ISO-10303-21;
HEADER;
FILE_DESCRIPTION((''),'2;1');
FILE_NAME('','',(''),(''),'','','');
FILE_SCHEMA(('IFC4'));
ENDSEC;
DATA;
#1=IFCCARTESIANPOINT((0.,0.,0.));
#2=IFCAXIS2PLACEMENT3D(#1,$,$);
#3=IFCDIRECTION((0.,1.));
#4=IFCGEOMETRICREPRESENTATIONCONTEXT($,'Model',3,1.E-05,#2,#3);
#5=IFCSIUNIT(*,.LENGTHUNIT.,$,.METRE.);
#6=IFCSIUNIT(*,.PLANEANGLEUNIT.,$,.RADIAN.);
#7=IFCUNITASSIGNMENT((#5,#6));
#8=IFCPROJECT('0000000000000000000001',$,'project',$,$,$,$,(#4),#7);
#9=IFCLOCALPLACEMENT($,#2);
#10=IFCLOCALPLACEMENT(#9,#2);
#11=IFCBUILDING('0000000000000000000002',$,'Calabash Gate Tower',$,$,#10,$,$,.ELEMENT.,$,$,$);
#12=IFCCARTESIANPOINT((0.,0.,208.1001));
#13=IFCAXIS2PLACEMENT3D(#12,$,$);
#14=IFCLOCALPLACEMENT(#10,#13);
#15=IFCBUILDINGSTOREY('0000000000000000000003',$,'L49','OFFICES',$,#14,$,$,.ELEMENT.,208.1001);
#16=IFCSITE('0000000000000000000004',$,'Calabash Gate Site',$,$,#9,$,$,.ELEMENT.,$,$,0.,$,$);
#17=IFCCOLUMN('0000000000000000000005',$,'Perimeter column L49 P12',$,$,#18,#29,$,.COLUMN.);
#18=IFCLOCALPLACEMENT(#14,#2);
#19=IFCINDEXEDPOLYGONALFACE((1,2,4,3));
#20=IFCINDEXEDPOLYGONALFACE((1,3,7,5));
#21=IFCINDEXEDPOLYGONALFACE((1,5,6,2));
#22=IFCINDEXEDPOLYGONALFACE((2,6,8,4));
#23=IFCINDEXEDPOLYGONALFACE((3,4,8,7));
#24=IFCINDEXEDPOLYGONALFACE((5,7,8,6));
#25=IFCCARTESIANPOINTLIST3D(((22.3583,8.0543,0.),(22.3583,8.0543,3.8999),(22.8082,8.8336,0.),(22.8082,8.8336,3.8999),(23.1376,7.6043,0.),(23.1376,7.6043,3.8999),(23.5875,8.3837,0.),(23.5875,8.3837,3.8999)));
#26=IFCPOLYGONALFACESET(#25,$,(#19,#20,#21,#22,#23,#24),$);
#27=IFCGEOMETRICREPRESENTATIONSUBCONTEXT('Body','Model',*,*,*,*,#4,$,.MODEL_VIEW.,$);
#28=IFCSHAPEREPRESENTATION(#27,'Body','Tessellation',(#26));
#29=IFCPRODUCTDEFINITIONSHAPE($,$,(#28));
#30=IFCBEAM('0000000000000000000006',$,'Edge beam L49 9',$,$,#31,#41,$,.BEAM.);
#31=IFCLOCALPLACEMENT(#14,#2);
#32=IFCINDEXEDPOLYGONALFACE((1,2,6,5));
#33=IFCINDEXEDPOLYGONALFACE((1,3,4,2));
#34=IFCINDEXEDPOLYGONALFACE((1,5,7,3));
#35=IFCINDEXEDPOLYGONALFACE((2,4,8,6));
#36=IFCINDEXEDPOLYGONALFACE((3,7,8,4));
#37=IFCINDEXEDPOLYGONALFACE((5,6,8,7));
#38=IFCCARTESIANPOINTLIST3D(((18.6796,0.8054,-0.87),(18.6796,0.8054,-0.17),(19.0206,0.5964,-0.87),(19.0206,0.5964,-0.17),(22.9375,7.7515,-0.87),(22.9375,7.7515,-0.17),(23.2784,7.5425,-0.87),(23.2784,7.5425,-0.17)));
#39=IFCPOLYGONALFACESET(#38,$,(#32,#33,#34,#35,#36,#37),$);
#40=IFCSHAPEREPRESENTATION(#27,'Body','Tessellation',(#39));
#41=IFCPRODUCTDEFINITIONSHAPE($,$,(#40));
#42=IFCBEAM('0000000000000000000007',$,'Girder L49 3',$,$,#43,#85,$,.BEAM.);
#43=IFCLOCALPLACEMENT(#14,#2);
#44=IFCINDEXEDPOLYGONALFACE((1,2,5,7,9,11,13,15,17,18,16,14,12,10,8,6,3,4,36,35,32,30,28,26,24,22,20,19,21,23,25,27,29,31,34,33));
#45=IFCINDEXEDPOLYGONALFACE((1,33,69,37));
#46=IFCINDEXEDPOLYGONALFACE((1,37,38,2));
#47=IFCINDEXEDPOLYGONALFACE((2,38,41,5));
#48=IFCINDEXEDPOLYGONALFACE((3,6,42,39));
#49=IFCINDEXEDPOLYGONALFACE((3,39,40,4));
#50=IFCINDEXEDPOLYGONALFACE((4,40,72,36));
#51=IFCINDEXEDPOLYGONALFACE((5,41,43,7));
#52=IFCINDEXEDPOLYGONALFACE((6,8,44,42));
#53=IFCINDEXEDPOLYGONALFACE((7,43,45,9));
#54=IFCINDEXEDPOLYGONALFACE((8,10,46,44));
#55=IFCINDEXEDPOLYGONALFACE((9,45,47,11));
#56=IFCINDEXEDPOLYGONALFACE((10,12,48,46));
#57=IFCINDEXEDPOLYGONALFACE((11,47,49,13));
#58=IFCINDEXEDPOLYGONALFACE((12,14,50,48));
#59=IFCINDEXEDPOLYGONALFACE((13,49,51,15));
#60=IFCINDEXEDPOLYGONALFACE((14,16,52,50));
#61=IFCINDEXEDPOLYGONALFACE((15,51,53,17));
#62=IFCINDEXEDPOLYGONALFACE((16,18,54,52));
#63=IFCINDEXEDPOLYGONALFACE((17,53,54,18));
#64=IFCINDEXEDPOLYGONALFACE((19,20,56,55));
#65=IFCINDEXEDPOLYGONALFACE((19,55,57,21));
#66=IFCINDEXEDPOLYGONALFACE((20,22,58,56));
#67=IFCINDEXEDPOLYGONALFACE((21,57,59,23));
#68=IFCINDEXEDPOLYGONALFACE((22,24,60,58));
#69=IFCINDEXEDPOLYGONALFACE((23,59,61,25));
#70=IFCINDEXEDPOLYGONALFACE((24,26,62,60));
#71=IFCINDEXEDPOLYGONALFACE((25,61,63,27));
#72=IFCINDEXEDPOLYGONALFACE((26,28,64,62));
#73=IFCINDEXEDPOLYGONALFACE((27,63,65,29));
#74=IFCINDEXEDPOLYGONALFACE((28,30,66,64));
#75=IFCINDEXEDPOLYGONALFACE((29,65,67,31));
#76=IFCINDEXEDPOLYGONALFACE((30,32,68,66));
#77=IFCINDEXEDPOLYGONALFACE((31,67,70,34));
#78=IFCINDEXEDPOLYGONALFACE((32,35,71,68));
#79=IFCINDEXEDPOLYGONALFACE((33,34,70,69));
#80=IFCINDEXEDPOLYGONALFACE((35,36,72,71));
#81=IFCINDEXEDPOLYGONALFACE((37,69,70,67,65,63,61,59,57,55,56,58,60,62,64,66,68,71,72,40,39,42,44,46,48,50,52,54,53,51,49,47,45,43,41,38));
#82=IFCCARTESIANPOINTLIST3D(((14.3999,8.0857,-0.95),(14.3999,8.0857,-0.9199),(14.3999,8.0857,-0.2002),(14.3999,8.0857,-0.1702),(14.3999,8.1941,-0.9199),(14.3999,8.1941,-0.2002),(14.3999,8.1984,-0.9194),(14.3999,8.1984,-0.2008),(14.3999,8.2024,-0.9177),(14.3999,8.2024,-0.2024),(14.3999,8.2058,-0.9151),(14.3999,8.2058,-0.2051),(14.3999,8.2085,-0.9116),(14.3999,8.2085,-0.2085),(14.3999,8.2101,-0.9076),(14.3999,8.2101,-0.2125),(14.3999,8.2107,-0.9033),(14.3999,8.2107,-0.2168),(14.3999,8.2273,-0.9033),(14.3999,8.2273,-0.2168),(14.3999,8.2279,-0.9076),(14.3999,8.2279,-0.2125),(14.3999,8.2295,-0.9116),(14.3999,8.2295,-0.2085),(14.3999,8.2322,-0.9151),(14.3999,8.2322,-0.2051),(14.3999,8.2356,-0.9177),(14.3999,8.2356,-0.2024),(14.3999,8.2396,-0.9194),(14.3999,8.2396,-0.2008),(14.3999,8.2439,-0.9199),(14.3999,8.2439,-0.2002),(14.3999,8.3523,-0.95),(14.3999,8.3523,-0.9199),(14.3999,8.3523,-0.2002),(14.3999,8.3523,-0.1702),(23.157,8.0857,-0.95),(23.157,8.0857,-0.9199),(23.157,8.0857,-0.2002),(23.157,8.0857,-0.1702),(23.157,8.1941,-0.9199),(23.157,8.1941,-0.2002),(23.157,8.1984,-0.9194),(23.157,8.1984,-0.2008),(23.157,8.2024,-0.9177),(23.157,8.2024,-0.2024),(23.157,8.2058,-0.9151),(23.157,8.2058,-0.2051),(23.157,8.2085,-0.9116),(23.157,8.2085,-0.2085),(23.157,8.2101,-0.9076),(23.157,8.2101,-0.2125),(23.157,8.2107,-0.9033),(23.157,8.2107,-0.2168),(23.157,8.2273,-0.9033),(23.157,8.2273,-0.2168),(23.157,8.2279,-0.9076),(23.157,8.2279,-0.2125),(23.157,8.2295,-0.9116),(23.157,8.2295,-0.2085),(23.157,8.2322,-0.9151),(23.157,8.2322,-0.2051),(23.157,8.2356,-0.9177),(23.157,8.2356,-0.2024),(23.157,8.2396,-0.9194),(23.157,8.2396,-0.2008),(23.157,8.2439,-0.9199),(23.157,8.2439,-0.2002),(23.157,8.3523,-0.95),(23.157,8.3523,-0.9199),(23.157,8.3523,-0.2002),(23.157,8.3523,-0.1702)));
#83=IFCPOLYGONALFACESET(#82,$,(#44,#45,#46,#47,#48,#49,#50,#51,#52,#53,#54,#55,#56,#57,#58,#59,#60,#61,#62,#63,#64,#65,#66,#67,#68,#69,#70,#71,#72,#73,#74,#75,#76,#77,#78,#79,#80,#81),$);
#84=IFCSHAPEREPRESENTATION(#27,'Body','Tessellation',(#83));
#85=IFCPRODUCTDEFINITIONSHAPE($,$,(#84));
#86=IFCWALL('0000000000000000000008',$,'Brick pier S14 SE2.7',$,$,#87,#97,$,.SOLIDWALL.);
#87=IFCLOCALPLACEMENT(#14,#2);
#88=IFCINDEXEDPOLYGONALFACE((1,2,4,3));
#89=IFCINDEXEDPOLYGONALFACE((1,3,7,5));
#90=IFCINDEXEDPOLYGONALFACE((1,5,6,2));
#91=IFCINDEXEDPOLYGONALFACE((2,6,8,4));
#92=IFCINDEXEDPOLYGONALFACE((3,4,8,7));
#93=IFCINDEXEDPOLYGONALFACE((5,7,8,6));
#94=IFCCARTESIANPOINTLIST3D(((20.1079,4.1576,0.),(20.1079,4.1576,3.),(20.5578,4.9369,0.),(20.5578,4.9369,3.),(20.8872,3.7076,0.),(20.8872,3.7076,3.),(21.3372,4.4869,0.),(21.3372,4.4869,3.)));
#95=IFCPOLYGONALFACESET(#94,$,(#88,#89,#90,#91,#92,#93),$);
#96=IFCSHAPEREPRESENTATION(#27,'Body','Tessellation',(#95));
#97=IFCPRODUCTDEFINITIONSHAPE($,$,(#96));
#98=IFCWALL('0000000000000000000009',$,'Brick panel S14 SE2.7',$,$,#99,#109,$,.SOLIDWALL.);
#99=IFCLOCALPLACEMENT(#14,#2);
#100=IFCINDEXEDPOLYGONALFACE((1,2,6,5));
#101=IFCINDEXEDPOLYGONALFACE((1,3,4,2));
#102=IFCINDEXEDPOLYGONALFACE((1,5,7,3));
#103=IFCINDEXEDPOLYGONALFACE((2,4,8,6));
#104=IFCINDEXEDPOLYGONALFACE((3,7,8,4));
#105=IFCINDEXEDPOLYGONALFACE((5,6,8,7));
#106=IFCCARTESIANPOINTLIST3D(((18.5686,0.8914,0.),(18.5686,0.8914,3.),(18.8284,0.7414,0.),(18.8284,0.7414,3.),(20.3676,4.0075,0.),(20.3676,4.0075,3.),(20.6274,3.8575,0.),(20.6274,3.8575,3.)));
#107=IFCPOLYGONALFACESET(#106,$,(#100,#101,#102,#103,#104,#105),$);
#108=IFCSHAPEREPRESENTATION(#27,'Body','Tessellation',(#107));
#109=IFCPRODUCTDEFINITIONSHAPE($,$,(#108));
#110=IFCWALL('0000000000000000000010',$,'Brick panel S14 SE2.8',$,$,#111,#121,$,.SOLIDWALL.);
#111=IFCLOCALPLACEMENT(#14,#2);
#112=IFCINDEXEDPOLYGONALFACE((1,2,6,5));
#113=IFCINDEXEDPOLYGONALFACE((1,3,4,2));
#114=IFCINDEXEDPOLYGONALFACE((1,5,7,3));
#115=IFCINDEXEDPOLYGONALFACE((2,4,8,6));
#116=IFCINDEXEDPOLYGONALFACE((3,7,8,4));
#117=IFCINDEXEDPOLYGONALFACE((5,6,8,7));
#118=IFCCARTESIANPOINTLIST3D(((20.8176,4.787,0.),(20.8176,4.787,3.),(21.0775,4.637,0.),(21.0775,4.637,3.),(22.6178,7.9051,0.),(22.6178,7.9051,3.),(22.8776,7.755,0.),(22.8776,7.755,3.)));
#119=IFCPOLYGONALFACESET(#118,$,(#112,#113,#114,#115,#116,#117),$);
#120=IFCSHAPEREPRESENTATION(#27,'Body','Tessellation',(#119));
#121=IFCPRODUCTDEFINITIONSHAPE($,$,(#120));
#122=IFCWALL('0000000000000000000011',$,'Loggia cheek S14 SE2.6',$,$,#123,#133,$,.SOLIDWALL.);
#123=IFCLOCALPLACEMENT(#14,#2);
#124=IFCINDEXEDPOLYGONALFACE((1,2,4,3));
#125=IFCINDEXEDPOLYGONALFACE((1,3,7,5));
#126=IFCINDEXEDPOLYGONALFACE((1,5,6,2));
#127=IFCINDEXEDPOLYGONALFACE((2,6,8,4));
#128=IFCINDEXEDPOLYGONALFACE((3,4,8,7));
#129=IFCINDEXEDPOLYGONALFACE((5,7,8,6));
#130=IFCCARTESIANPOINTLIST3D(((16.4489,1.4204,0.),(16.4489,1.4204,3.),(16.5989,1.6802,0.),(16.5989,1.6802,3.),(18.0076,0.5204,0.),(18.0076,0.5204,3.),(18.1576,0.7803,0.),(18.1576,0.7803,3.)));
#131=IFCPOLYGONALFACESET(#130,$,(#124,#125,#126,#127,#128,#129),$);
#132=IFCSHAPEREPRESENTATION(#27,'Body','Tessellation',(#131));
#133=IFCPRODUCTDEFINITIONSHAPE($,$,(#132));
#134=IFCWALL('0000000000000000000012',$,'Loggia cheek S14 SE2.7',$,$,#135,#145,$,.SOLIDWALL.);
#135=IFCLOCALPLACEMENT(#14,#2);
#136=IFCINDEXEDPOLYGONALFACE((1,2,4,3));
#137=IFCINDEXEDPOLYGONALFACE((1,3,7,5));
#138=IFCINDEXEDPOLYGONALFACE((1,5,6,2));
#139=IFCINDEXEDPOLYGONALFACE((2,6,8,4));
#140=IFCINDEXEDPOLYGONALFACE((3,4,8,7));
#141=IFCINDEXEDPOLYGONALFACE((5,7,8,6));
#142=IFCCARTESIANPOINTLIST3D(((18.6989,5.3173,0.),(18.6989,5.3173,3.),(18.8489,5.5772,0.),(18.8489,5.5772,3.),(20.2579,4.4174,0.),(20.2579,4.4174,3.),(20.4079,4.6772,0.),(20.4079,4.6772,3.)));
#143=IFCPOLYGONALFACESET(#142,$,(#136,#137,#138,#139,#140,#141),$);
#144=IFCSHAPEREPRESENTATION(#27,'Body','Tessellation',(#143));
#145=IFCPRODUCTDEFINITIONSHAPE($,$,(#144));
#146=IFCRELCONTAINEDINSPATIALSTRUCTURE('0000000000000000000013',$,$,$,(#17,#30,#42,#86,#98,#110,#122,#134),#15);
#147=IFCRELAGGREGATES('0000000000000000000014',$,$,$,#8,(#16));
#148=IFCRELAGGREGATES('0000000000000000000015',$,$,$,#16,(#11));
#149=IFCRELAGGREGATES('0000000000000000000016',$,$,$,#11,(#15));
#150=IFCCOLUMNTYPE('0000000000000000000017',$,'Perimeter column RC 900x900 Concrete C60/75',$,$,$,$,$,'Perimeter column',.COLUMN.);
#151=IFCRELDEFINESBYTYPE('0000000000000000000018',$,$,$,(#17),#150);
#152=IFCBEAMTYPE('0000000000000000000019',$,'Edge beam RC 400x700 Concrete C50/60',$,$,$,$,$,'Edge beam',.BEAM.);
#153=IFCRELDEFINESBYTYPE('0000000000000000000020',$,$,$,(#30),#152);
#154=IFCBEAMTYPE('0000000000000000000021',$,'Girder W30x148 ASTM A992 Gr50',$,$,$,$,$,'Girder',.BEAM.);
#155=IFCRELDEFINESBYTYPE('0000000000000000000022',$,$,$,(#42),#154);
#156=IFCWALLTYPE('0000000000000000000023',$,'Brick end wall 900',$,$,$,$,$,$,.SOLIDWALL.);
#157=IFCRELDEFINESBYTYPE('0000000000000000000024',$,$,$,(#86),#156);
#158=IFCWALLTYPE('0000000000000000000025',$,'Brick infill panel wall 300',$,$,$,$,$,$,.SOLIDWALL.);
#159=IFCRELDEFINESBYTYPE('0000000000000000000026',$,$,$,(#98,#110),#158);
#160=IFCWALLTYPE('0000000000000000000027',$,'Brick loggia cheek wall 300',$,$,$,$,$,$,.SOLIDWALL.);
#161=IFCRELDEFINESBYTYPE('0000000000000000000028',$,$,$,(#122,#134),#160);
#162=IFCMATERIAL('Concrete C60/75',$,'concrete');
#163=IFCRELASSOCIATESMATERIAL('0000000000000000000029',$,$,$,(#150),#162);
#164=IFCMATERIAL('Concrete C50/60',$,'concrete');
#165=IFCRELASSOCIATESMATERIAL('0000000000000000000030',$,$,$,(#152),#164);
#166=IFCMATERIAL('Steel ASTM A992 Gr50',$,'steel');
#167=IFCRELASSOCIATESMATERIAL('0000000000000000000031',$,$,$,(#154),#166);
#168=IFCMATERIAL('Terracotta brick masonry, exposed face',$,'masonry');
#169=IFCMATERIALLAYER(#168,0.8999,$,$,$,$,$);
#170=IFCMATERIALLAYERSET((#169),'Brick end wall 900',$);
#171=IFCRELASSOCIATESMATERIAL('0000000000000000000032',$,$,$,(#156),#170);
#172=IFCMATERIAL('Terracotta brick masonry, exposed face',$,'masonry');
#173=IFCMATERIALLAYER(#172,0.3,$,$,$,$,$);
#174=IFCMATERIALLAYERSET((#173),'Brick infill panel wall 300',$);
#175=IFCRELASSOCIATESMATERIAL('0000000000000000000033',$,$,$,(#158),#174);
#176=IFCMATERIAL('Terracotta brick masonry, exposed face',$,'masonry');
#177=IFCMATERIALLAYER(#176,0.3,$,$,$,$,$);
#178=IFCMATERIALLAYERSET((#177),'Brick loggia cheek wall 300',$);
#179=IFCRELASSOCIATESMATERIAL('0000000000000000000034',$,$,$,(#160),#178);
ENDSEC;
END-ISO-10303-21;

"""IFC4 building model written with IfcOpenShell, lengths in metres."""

from ifc_helpers import new_model, si_unit, direction, frame, frame_2d, origin, origin_2d, place, context, subcontext, project, spatial, rectangle, i_section, extrude, material, layer, layer_set, material_profile, profile_set, type_object, element, save


model = new_model("IFC4")

# Units and contexts
model_context = context("Model", 3, precision=1e-05, world=origin(), true_north=direction((0.0, 1.0)))
body_context = subcontext(model_context, "Body", "Model", "MODEL_VIEW")
ifc_project = project(units=[si_unit("LENGTHUNIT", "METRE"), si_unit("PLANEANGLEUNIT", "RADIAN")], contexts=[model_context])

# Site, building, storey
site_placement = place(None, origin())
site = spatial("IfcSite", under=ifc_project, at=site_placement, Name="Calabash Gate Site", CompositionType="ELEMENT", RefElevation=0.0)
building_placement = place(site_placement, origin())
building = spatial("IfcBuilding", under=site, at=building_placement, Name="Calabash Gate Tower", CompositionType="ELEMENT")
storey_placement = place(building_placement, frame((0.0, 0.0, 208.1001)))
storey = spatial("IfcBuildingStorey", under=building, at=storey_placement, Name="L49", Description="OFFICES", CompositionType="ELEMENT", Elevation=208.1001)

# Column
ifc_material_1 = material(Name="Concrete C60/75", Category="concrete")
ifc_material_profile_1 = material_profile(ifc_material_1, rectangle(XDim=0.8999, YDim=0.8999, at=origin_2d()))
ifc_profile_set_1 = profile_set([ifc_material_profile_1], Name="Concrete C60/75")
column_type = type_object("IfcColumnType", Name="Perimeter column RC 900x900 Concrete C60/75", ElementType="Perimeter column", PredefinedType="COLUMN", material=ifc_profile_set_1)
column_placement = place(storey_placement, frame((22.9729, 8.219, 0.0), z_axis=(0.0, 0.0, 1.0), x_axis=(0.5, 0.866025, 0.0)))
element("IfcColumn", 1, at=column_placement, inside=storey, type_object=column_type, Name="Perimeter column L49 P12", PredefinedType="COLUMN", context=body_context, shape_type="SweptSolid", body=[
    extrude(rectangle(XDim=0.8999, YDim=0.8999, at=origin_2d()), origin(), (0.0, 0.0, 1.0), 3.8999),
])

# Beams
ifc_material_2 = material(Name="Concrete C50/60", Category="concrete")
ifc_material_profile_2 = material_profile(ifc_material_2, rectangle(XDim=0.3999, YDim=0.7, at=origin_2d()))
ifc_profile_set_2 = profile_set([ifc_material_profile_2], Name="Concrete C50/60")
beam_type_1 = type_object("IfcBeamType", Name="Edge beam RC 400x700 Concrete C50/60", ElementType="Edge beam", PredefinedType="BEAM", material=ifc_profile_set_2)
beam_1_placement = place(storey_placement, frame((18.8501, 0.7009, -0.52), z_axis=(0.522612, 0.852571, 0.0), x_axis=(-0.852571, 0.522612, 0.0)))
element("IfcBeam", 2, at=beam_1_placement, inside=storey, type_object=beam_type_1, Name="Edge beam L49 9", PredefinedType="BEAM", context=body_context, shape_type="SweptSolid", body=[
    extrude(rectangle(XDim=0.3999, YDim=0.7, at=origin_2d()), origin(), (0.0, 0.0, 1.0), 8.1472),
])
ifc_material_3 = material(Name="Steel ASTM A992 Gr50", Category="steel")
ifc_material_profile_3 = material_profile(ifc_material_3, i_section(OverallWidth=0.2666, OverallDepth=0.7798, WebThickness=0.0166, FlangeThickness=0.03, FilletRadius=0.0166, at=origin_2d()))
ifc_profile_set_3 = profile_set([ifc_material_profile_3], Name="Steel ASTM A992 Gr50")
beam_type_2 = type_object("IfcBeamType", Name="Girder W30x148 ASTM A992 Gr50", ElementType="Girder", PredefinedType="BEAM", material=ifc_profile_set_3)
beam_2_placement = place(storey_placement, frame((23.157, 8.219, -0.5601), z_axis=(-1.0, 0.0, 0.0), x_axis=(0.0, -1.0, 0.0)))
element("IfcBeam", 3, at=beam_2_placement, inside=storey, type_object=beam_type_2, Name="Girder L49 3", PredefinedType="BEAM", context=body_context, shape_type="SweptSolid", body=[
    extrude(i_section(OverallWidth=0.2666, OverallDepth=0.7798, WebThickness=0.0166, FlangeThickness=0.03, FilletRadius=0.0166, at=origin_2d()), origin(), (0.0, 0.0, 1.0), 8.7571),
])

# Walls
ifc_material_4 = material(Name="Terracotta brick masonry, exposed face", Category="masonry")
ifc_layer_1 = layer(ifc_material_4, 0.8999)
ifc_layer_set_1 = layer_set([ifc_layer_1], Name="Brick end wall 900")
wall_type_1 = type_object("IfcWallType", Name="Brick end wall 900", PredefinedType="SOLIDWALL", material=ifc_layer_set_1)
wall_1_placement = place(storey_placement, frame((20.9475, 4.7119, 0.0), z_axis=(0.0, 0.0, 1.0), x_axis=(-0.50002, -0.866014, 0.0)))
element("IfcWall", 4, at=wall_1_placement, inside=storey, type_object=wall_type_1, Name="Brick pier S14 SE2.7", PredefinedType="SOLIDWALL", context=body_context, shape_type="SweptSolid", body=[
    extrude(rectangle(XDim=0.8999, YDim=0.8999, at=frame_2d((0.45, 0.0))), origin(), (0.0, 0.0, 1.0), 3.0),
])
ifc_material_5 = material(Name="Terracotta brick masonry, exposed face", Category="masonry")
ifc_layer_2 = layer(ifc_material_5, 0.3)
ifc_layer_set_2 = layer_set([ifc_layer_2], Name="Brick infill panel wall 300")
wall_type_2 = type_object("IfcWallType", Name="Brick infill panel wall 300", PredefinedType="SOLIDWALL", material=ifc_layer_set_2)
wall_2_placement = place(storey_placement, frame((18.6985, 0.8164, 0.0), z_axis=(0.0, 0.0, 1.0), x_axis=(0.499985, 0.866034, 0.0)))
element("IfcWall", 5, at=wall_2_placement, inside=storey, type_object=wall_type_2, Name="Brick panel S14 SE2.7", PredefinedType="SOLIDWALL", context=body_context, shape_type="SweptSolid", body=[
    extrude(rectangle(XDim=3.5981, YDim=0.3, at=frame_2d((1.7991, 0.0))), origin(), (0.0, 0.0, 1.0), 3.0),
])
wall_3_placement = place(storey_placement, frame((20.9475, 4.7119, 0.0), z_axis=(0.0, 0.0, 1.0), x_axis=(0.499983, 0.866035, 0.0)))
element("IfcWall", 6, at=wall_3_placement, inside=storey, type_object=wall_type_2, Name="Brick panel S14 SE2.8", PredefinedType="SOLIDWALL", context=body_context, shape_type="SweptSolid", body=[
    extrude(rectangle(XDim=3.6003, YDim=0.3, at=frame_2d((1.8003, 0.0))), origin(), (0.0, 0.0, 1.0), 3.0),
])
ifc_material_6 = material(Name="Terracotta brick masonry, exposed face", Category="masonry")
ifc_layer_3 = layer(ifc_material_6, 0.3)
ifc_layer_set_3 = layer_set([ifc_layer_3], Name="Brick loggia cheek wall 300")
wall_type_3 = type_object("IfcWallType", Name="Brick loggia cheek wall 300", PredefinedType="SOLIDWALL", material=ifc_layer_set_3)
wall_4_placement = place(storey_placement, frame((16.5239, 1.5503, 0.0), z_axis=(0.0, 0.0, 1.0), x_axis=(0.866014, -0.50002, 0.0)))
element("IfcWall", 7, at=wall_4_placement, inside=storey, type_object=wall_type_3, Name="Loggia cheek S14 SE2.6", PredefinedType="SOLIDWALL", context=body_context, shape_type="SweptSolid", body=[
    extrude(rectangle(XDim=1.7998, YDim=0.3, at=frame_2d((0.8999, 0.0))), origin(), (0.0, 0.0, 1.0), 3.0),
])
wall_5_placement = place(storey_placement, frame((20.3328, 4.5474, 0.0), z_axis=(0.0, 0.0, 1.0), x_axis=(-0.866048, 0.499961, 0.0)))
element("IfcWall", 8, at=wall_5_placement, inside=storey, type_object=wall_type_3, Name="Loggia cheek S14 SE2.7", PredefinedType="SOLIDWALL", context=body_context, shape_type="SweptSolid", body=[
    extrude(rectangle(XDim=1.8, YDim=0.3, at=frame_2d((0.8999, 0.0))), origin(), (0.0, 0.0, 1.0), 3.0),
])

save(model, "model.ifc")
